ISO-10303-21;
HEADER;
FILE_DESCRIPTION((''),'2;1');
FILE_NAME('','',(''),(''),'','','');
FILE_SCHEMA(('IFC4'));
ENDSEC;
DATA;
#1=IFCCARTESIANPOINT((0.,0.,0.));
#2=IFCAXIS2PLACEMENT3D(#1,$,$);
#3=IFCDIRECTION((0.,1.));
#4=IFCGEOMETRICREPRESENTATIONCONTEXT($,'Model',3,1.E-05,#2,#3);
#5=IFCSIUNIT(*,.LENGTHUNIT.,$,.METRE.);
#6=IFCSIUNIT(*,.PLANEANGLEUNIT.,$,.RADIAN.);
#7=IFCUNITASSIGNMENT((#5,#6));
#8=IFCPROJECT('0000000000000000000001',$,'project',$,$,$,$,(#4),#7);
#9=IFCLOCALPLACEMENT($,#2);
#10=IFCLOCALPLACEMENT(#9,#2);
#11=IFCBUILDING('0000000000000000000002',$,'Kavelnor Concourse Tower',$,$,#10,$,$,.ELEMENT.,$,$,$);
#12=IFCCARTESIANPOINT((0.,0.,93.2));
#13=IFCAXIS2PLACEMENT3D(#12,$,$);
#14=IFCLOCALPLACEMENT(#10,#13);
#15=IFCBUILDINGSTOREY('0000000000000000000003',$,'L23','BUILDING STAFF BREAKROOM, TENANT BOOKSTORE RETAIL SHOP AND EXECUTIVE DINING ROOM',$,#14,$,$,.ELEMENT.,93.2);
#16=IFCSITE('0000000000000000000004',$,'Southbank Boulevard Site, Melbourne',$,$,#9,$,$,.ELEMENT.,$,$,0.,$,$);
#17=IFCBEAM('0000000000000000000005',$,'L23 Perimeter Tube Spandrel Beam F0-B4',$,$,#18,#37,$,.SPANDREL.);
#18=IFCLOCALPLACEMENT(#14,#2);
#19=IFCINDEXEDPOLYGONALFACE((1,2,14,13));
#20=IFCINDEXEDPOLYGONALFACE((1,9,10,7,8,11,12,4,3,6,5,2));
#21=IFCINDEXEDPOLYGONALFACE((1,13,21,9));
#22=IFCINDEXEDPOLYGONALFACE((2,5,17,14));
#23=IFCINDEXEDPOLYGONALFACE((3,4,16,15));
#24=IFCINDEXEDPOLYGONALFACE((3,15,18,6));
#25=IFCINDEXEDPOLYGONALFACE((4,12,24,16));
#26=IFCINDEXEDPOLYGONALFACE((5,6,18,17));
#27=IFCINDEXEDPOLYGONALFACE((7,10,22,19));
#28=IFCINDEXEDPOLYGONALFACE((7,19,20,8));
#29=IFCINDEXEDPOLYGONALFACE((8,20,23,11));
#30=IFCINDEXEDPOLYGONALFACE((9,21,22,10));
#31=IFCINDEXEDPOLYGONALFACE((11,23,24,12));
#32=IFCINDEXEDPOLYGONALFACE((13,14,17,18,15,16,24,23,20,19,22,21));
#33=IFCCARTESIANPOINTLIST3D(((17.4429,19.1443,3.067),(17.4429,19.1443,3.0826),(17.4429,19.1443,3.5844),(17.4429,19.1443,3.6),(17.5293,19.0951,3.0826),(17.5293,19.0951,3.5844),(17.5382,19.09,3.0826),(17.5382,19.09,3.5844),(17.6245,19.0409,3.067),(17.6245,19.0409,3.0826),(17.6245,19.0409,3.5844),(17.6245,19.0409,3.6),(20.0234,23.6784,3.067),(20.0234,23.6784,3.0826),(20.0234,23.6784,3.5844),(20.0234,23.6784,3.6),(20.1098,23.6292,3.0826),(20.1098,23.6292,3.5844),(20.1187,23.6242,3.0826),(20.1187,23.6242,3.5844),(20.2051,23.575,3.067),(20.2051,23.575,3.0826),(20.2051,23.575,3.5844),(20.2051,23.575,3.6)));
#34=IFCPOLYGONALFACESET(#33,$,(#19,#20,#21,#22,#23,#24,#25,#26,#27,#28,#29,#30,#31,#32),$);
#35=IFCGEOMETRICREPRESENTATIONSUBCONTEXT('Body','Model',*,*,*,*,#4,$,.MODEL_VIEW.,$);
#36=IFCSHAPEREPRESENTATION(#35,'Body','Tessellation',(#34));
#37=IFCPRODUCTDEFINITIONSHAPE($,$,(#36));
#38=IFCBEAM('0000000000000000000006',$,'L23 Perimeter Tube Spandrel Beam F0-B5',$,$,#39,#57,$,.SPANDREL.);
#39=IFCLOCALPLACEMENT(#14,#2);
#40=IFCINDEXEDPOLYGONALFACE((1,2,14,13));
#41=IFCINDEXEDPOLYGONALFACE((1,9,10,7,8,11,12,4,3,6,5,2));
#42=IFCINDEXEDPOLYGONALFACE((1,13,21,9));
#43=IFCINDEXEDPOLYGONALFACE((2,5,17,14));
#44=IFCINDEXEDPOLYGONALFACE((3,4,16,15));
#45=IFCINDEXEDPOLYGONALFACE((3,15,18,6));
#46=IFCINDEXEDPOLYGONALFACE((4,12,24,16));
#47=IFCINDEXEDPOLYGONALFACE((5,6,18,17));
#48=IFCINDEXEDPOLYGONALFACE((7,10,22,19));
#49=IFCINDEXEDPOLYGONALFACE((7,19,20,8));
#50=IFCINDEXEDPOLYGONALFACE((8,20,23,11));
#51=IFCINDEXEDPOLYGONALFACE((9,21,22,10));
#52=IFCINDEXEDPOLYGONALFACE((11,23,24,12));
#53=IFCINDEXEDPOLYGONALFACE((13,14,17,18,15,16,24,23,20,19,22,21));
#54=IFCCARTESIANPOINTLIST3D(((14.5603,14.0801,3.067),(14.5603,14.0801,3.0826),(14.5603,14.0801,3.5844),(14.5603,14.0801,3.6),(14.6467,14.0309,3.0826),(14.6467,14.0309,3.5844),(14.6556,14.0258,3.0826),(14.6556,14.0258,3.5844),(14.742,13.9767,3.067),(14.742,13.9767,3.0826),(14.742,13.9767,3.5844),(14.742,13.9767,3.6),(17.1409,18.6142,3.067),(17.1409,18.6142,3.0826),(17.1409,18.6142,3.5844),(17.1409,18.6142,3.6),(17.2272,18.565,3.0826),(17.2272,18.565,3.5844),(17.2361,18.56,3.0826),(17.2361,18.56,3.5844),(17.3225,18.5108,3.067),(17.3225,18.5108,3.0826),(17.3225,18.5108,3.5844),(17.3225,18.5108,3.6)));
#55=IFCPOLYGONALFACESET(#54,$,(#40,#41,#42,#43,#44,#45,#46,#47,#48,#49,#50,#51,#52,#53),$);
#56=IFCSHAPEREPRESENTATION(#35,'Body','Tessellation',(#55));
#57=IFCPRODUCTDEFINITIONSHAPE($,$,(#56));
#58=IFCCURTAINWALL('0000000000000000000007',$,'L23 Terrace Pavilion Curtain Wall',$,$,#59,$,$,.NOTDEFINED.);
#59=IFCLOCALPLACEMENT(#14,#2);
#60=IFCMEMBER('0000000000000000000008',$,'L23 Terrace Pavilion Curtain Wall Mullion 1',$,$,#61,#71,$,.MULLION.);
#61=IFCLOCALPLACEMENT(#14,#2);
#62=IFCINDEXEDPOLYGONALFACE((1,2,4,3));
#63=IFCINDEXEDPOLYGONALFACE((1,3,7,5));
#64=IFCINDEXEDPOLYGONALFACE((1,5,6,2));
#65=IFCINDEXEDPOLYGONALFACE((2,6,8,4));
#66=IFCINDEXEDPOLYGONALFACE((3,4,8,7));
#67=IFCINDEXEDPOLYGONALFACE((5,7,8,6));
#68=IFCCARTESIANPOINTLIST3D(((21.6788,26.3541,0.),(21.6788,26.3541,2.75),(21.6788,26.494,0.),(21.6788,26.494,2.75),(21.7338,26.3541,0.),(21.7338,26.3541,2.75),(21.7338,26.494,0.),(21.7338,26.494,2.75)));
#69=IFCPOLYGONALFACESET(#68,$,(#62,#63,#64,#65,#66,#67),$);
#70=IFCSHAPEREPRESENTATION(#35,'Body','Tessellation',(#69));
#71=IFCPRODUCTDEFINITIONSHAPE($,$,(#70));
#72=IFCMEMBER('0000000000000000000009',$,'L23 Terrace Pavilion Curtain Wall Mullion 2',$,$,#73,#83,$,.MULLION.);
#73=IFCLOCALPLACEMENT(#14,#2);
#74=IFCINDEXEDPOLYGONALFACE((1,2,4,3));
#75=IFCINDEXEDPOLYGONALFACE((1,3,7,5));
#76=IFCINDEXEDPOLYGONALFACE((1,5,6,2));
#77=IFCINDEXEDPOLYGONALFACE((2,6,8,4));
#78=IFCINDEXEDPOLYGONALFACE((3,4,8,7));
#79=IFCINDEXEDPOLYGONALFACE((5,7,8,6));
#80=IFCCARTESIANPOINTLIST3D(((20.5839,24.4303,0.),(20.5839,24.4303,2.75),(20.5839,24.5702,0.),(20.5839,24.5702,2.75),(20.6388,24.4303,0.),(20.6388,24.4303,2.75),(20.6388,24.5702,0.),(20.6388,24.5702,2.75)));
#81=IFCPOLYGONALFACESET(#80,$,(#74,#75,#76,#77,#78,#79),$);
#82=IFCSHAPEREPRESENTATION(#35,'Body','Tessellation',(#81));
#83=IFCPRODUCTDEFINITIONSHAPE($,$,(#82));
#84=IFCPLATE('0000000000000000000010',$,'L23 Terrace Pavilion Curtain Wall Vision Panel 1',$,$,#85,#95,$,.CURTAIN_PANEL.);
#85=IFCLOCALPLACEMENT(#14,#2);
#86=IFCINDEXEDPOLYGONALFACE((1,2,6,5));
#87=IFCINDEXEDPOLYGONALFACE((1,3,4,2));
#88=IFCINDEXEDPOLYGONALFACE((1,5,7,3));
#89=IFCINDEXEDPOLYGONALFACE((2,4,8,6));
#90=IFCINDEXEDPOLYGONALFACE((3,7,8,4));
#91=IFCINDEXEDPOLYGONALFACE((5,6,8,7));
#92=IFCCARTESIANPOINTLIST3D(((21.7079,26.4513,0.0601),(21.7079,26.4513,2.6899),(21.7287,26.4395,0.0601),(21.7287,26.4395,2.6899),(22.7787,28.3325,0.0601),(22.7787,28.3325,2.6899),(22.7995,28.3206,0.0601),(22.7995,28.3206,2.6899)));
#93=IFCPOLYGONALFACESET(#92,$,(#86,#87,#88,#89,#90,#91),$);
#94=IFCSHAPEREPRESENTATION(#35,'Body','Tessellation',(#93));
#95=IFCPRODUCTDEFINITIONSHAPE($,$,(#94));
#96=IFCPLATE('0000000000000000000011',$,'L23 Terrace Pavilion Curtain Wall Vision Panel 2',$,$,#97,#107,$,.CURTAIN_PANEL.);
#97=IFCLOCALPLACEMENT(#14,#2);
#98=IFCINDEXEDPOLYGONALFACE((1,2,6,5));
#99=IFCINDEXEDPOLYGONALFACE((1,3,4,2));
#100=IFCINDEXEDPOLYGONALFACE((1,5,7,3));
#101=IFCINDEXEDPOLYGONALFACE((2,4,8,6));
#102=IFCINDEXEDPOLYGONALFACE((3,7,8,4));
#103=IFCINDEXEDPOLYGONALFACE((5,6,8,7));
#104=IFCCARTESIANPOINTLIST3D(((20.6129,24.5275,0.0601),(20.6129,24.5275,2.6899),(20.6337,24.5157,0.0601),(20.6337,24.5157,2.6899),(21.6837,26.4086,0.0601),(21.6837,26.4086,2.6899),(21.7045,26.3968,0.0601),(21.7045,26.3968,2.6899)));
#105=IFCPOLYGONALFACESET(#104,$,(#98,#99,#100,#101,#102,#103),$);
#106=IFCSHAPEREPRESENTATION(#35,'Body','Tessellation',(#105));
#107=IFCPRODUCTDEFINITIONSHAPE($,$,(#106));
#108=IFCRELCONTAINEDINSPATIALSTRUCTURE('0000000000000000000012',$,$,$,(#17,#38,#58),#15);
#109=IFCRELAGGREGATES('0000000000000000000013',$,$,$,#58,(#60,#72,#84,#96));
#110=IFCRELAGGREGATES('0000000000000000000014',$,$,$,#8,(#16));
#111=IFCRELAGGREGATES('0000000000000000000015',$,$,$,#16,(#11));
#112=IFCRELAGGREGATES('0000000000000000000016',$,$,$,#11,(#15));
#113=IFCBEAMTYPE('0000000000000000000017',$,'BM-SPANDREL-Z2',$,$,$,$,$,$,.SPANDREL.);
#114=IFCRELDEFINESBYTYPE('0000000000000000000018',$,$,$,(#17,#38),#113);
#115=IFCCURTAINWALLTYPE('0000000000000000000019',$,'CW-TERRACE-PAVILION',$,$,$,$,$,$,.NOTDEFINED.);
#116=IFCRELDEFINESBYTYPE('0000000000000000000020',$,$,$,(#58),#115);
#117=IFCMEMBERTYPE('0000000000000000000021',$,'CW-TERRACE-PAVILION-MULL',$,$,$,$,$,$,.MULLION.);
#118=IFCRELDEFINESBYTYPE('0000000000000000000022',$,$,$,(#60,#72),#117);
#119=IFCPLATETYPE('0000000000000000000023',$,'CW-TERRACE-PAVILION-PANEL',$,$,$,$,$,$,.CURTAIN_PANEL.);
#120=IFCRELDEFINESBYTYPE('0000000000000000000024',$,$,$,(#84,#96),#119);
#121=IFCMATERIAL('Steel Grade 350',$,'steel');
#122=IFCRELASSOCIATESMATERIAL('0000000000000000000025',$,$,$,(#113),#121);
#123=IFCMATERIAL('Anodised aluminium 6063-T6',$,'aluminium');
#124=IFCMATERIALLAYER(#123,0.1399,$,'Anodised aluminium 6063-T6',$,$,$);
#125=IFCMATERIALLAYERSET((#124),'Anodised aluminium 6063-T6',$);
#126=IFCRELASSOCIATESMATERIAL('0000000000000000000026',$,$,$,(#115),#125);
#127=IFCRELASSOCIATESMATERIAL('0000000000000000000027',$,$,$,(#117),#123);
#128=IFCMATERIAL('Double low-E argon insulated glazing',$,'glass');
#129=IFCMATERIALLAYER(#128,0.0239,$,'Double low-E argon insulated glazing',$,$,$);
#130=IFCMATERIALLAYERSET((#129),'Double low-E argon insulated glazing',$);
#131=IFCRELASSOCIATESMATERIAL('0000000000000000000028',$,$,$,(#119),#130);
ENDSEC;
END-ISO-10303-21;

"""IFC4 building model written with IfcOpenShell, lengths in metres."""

from ifc_helpers import new_model, si_unit, direction, frame, origin, origin_2d, place, context, subcontext, project, spatial, rectangle, i_section, extrude, material, layer, layer_set, material_profile, profile_set, type_object, element, aggregate, save


model = new_model("IFC4")

# Units and contexts
model_context = context("Model", 3, precision=1e-05, world=origin(), true_north=direction((0.0, 1.0)))
body_context = subcontext(model_context, "Body", "Model", "MODEL_VIEW")
ifc_project = project(units=[si_unit("LENGTHUNIT", "METRE"), si_unit("PLANEANGLEUNIT", "RADIAN")], contexts=[model_context])

# Site, building, storey
site_placement = place(None, origin())
site = spatial("IfcSite", under=ifc_project, at=site_placement, Name="Southbank Boulevard Site, Melbourne", CompositionType="ELEMENT", RefElevation=0.0)
building_placement = place(site_placement, origin())
building = spatial("IfcBuilding", under=site, at=building_placement, Name="Kavelnor Concourse Tower", CompositionType="ELEMENT")
storey_placement = place(building_placement, frame((0.0, 0.0, 93.2)))
storey = spatial("IfcBuildingStorey", under=building, at=storey_placement, Name="L23", Description="BUILDING STAFF BREAKROOM, TENANT BOOKSTORE RETAIL SHOP AND EXECUTIVE DINING ROOM", CompositionType="ELEMENT", Elevation=93.2)

# Shared definitions
ifc_material_1 = material(Name="Steel Grade 350", Category="steel")

# Beams
ifc_material_profile_1 = material_profile(ifc_material_1, i_section(OverallWidth=0.209, OverallDepth=0.533, WebThickness=0.0103, FlangeThickness=0.0156, at=origin_2d()), Name="530UB92")
ifc_profile_set_1 = profile_set([ifc_material_profile_1], Name="Steel Grade 350")
beam_type_1 = type_object("IfcBeamType", Name="BM-SPANDREL-Z2", PredefinedType="SPANDREL", material=ifc_profile_set_1)
for number, where, z_axis, x_axis, name in (
    (1, (20.1143, 23.6267, 3.3335), (-0.494636, -0.8691, 0.0), (0.8691, -0.494636, 0.0), "L23 Perimeter Tube Spandrel Beam F0-B4"),
    (2, (17.2317, 18.5625, 3.3335), (-0.494636, -0.8691, 0.0), (0.8691, -0.494636, 0.0), "L23 Perimeter Tube Spandrel Beam F0-B5"),
):
    element("IfcBeam", number, at=place(storey_placement, frame(where, z_axis=z_axis, x_axis=x_axis)), inside=storey, type_object=beam_type_1, Name=name, PredefinedType="SPANDREL", context=body_context, shape_type="SweptSolid", body=[
        extrude(i_section(OverallWidth=0.209, OverallDepth=0.533, WebThickness=0.0103, FlangeThickness=0.0156, at=origin_2d()), origin(), (0.0, 0.0, 1.0), 5.217),
    ])

# Curtain wall, members, plates
ifc_material_2 = material(Name="Anodised aluminium 6063-T6", Category="aluminium")
ifc_layer_1 = layer(ifc_material_2, 0.1399, Name="Anodised aluminium 6063-T6")
ifc_layer_set_1 = layer_set([ifc_layer_1], Name="Anodised aluminium 6063-T6")
curtain_wall_type = type_object("IfcCurtainWallType", Name="CW-TERRACE-PAVILION", PredefinedType="NOTDEFINED", material=ifc_layer_set_1)
curtain_wall_placement = place(storey_placement, origin())
curtain_wall = element("IfcCurtainWall", 3, at=curtain_wall_placement, inside=storey, type_object=curtain_wall_type, Name="L23 Terrace Pavilion Curtain Wall", PredefinedType="NOTDEFINED")
ifc_material_profile_2 = material_profile(ifc_material_2, rectangle(XDim=0.0549, YDim=0.1399, at=origin_2d()), Name="AL-MULL 55x140")
ifc_profile_set_2 = profile_set([ifc_material_profile_2], Name="Anodised aluminium 6063-T6")
member_type = type_object("IfcMemberType", Name="CW-TERRACE-PAVILION-MULL", PredefinedType="MULLION", material=ifc_profile_set_2)
member_1_placement = place(storey_placement, frame((21.7063, 26.4241, 0.0), z_axis=(0.0, 0.0, 1.0), x_axis=(1.0, 0.0, 0.0)))
member_1 = element("IfcMember", 4, at=member_1_placement, type_object=member_type, Name="L23 Terrace Pavilion Curtain Wall Mullion 1", PredefinedType="MULLION", context=body_context, shape_type="SweptSolid", body=[
    extrude(rectangle(XDim=0.0549, YDim=0.1399, at=origin_2d()), origin(), (0.0, 0.0, 1.0), 2.75),
])
member_2_placement = place(storey_placement, frame((20.6113, 24.5002, 0.0), z_axis=(0.0, 0.0, 1.0), x_axis=(1.0, 0.0, 0.0)))
member_2 = element("IfcMember", 5, at=member_2_placement, type_object=member_type, Name="L23 Terrace Pavilion Curtain Wall Mullion 2", PredefinedType="MULLION", context=body_context, shape_type="SweptSolid", body=[
    extrude(rectangle(XDim=0.0549, YDim=0.1399, at=origin_2d()), origin(), (0.0, 0.0, 1.0), 2.75),
])
ifc_material_3 = material(Name="Double low-E argon insulated glazing", Category="glass")
ifc_layer_2 = layer(ifc_material_3, 0.0239, Name="Double low-E argon insulated glazing")
ifc_layer_set_2 = layer_set([ifc_layer_2], Name="Double low-E argon insulated glazing")
plate_type = type_object("IfcPlateType", Name="CW-TERRACE-PAVILION-PANEL", PredefinedType="CURTAIN_PANEL", material=ifc_layer_set_2)
plate_1_placement = place(storey_placement, frame((22.2537, 27.386, 0.0601), z_axis=(0.0, 0.0, 1.0), x_axis=(-0.4947, -0.869064, 0.0)))
plate_1 = element("IfcPlate", 6, at=plate_1_placement, type_object=plate_type, Name="L23 Terrace Pavilion Curtain Wall Vision Panel 1", PredefinedType="CURTAIN_PANEL", context=body_context, shape_type="SweptSolid", body=[
    extrude(rectangle(XDim=2.1646, YDim=0.0239, at=origin_2d()), origin(), (0.0, 0.0, 1.0), 2.6299),
])
plate_2_placement = place(storey_placement, frame((21.1587, 25.4622, 0.0601), z_axis=(0.0, 0.0, 1.0), x_axis=(-0.4947, -0.869064, 0.0)))
plate_2 = element("IfcPlate", 7, at=plate_2_placement, type_object=plate_type, Name="L23 Terrace Pavilion Curtain Wall Vision Panel 2", PredefinedType="CURTAIN_PANEL", context=body_context, shape_type="SweptSolid", body=[
    extrude(rectangle(XDim=2.1646, YDim=0.0239, at=origin_2d()), origin(), (0.0, 0.0, 1.0), 2.6299),
])
aggregate(curtain_wall, [member_1, member_2, plate_1, plate_2])

save(model, "model.ifc")
